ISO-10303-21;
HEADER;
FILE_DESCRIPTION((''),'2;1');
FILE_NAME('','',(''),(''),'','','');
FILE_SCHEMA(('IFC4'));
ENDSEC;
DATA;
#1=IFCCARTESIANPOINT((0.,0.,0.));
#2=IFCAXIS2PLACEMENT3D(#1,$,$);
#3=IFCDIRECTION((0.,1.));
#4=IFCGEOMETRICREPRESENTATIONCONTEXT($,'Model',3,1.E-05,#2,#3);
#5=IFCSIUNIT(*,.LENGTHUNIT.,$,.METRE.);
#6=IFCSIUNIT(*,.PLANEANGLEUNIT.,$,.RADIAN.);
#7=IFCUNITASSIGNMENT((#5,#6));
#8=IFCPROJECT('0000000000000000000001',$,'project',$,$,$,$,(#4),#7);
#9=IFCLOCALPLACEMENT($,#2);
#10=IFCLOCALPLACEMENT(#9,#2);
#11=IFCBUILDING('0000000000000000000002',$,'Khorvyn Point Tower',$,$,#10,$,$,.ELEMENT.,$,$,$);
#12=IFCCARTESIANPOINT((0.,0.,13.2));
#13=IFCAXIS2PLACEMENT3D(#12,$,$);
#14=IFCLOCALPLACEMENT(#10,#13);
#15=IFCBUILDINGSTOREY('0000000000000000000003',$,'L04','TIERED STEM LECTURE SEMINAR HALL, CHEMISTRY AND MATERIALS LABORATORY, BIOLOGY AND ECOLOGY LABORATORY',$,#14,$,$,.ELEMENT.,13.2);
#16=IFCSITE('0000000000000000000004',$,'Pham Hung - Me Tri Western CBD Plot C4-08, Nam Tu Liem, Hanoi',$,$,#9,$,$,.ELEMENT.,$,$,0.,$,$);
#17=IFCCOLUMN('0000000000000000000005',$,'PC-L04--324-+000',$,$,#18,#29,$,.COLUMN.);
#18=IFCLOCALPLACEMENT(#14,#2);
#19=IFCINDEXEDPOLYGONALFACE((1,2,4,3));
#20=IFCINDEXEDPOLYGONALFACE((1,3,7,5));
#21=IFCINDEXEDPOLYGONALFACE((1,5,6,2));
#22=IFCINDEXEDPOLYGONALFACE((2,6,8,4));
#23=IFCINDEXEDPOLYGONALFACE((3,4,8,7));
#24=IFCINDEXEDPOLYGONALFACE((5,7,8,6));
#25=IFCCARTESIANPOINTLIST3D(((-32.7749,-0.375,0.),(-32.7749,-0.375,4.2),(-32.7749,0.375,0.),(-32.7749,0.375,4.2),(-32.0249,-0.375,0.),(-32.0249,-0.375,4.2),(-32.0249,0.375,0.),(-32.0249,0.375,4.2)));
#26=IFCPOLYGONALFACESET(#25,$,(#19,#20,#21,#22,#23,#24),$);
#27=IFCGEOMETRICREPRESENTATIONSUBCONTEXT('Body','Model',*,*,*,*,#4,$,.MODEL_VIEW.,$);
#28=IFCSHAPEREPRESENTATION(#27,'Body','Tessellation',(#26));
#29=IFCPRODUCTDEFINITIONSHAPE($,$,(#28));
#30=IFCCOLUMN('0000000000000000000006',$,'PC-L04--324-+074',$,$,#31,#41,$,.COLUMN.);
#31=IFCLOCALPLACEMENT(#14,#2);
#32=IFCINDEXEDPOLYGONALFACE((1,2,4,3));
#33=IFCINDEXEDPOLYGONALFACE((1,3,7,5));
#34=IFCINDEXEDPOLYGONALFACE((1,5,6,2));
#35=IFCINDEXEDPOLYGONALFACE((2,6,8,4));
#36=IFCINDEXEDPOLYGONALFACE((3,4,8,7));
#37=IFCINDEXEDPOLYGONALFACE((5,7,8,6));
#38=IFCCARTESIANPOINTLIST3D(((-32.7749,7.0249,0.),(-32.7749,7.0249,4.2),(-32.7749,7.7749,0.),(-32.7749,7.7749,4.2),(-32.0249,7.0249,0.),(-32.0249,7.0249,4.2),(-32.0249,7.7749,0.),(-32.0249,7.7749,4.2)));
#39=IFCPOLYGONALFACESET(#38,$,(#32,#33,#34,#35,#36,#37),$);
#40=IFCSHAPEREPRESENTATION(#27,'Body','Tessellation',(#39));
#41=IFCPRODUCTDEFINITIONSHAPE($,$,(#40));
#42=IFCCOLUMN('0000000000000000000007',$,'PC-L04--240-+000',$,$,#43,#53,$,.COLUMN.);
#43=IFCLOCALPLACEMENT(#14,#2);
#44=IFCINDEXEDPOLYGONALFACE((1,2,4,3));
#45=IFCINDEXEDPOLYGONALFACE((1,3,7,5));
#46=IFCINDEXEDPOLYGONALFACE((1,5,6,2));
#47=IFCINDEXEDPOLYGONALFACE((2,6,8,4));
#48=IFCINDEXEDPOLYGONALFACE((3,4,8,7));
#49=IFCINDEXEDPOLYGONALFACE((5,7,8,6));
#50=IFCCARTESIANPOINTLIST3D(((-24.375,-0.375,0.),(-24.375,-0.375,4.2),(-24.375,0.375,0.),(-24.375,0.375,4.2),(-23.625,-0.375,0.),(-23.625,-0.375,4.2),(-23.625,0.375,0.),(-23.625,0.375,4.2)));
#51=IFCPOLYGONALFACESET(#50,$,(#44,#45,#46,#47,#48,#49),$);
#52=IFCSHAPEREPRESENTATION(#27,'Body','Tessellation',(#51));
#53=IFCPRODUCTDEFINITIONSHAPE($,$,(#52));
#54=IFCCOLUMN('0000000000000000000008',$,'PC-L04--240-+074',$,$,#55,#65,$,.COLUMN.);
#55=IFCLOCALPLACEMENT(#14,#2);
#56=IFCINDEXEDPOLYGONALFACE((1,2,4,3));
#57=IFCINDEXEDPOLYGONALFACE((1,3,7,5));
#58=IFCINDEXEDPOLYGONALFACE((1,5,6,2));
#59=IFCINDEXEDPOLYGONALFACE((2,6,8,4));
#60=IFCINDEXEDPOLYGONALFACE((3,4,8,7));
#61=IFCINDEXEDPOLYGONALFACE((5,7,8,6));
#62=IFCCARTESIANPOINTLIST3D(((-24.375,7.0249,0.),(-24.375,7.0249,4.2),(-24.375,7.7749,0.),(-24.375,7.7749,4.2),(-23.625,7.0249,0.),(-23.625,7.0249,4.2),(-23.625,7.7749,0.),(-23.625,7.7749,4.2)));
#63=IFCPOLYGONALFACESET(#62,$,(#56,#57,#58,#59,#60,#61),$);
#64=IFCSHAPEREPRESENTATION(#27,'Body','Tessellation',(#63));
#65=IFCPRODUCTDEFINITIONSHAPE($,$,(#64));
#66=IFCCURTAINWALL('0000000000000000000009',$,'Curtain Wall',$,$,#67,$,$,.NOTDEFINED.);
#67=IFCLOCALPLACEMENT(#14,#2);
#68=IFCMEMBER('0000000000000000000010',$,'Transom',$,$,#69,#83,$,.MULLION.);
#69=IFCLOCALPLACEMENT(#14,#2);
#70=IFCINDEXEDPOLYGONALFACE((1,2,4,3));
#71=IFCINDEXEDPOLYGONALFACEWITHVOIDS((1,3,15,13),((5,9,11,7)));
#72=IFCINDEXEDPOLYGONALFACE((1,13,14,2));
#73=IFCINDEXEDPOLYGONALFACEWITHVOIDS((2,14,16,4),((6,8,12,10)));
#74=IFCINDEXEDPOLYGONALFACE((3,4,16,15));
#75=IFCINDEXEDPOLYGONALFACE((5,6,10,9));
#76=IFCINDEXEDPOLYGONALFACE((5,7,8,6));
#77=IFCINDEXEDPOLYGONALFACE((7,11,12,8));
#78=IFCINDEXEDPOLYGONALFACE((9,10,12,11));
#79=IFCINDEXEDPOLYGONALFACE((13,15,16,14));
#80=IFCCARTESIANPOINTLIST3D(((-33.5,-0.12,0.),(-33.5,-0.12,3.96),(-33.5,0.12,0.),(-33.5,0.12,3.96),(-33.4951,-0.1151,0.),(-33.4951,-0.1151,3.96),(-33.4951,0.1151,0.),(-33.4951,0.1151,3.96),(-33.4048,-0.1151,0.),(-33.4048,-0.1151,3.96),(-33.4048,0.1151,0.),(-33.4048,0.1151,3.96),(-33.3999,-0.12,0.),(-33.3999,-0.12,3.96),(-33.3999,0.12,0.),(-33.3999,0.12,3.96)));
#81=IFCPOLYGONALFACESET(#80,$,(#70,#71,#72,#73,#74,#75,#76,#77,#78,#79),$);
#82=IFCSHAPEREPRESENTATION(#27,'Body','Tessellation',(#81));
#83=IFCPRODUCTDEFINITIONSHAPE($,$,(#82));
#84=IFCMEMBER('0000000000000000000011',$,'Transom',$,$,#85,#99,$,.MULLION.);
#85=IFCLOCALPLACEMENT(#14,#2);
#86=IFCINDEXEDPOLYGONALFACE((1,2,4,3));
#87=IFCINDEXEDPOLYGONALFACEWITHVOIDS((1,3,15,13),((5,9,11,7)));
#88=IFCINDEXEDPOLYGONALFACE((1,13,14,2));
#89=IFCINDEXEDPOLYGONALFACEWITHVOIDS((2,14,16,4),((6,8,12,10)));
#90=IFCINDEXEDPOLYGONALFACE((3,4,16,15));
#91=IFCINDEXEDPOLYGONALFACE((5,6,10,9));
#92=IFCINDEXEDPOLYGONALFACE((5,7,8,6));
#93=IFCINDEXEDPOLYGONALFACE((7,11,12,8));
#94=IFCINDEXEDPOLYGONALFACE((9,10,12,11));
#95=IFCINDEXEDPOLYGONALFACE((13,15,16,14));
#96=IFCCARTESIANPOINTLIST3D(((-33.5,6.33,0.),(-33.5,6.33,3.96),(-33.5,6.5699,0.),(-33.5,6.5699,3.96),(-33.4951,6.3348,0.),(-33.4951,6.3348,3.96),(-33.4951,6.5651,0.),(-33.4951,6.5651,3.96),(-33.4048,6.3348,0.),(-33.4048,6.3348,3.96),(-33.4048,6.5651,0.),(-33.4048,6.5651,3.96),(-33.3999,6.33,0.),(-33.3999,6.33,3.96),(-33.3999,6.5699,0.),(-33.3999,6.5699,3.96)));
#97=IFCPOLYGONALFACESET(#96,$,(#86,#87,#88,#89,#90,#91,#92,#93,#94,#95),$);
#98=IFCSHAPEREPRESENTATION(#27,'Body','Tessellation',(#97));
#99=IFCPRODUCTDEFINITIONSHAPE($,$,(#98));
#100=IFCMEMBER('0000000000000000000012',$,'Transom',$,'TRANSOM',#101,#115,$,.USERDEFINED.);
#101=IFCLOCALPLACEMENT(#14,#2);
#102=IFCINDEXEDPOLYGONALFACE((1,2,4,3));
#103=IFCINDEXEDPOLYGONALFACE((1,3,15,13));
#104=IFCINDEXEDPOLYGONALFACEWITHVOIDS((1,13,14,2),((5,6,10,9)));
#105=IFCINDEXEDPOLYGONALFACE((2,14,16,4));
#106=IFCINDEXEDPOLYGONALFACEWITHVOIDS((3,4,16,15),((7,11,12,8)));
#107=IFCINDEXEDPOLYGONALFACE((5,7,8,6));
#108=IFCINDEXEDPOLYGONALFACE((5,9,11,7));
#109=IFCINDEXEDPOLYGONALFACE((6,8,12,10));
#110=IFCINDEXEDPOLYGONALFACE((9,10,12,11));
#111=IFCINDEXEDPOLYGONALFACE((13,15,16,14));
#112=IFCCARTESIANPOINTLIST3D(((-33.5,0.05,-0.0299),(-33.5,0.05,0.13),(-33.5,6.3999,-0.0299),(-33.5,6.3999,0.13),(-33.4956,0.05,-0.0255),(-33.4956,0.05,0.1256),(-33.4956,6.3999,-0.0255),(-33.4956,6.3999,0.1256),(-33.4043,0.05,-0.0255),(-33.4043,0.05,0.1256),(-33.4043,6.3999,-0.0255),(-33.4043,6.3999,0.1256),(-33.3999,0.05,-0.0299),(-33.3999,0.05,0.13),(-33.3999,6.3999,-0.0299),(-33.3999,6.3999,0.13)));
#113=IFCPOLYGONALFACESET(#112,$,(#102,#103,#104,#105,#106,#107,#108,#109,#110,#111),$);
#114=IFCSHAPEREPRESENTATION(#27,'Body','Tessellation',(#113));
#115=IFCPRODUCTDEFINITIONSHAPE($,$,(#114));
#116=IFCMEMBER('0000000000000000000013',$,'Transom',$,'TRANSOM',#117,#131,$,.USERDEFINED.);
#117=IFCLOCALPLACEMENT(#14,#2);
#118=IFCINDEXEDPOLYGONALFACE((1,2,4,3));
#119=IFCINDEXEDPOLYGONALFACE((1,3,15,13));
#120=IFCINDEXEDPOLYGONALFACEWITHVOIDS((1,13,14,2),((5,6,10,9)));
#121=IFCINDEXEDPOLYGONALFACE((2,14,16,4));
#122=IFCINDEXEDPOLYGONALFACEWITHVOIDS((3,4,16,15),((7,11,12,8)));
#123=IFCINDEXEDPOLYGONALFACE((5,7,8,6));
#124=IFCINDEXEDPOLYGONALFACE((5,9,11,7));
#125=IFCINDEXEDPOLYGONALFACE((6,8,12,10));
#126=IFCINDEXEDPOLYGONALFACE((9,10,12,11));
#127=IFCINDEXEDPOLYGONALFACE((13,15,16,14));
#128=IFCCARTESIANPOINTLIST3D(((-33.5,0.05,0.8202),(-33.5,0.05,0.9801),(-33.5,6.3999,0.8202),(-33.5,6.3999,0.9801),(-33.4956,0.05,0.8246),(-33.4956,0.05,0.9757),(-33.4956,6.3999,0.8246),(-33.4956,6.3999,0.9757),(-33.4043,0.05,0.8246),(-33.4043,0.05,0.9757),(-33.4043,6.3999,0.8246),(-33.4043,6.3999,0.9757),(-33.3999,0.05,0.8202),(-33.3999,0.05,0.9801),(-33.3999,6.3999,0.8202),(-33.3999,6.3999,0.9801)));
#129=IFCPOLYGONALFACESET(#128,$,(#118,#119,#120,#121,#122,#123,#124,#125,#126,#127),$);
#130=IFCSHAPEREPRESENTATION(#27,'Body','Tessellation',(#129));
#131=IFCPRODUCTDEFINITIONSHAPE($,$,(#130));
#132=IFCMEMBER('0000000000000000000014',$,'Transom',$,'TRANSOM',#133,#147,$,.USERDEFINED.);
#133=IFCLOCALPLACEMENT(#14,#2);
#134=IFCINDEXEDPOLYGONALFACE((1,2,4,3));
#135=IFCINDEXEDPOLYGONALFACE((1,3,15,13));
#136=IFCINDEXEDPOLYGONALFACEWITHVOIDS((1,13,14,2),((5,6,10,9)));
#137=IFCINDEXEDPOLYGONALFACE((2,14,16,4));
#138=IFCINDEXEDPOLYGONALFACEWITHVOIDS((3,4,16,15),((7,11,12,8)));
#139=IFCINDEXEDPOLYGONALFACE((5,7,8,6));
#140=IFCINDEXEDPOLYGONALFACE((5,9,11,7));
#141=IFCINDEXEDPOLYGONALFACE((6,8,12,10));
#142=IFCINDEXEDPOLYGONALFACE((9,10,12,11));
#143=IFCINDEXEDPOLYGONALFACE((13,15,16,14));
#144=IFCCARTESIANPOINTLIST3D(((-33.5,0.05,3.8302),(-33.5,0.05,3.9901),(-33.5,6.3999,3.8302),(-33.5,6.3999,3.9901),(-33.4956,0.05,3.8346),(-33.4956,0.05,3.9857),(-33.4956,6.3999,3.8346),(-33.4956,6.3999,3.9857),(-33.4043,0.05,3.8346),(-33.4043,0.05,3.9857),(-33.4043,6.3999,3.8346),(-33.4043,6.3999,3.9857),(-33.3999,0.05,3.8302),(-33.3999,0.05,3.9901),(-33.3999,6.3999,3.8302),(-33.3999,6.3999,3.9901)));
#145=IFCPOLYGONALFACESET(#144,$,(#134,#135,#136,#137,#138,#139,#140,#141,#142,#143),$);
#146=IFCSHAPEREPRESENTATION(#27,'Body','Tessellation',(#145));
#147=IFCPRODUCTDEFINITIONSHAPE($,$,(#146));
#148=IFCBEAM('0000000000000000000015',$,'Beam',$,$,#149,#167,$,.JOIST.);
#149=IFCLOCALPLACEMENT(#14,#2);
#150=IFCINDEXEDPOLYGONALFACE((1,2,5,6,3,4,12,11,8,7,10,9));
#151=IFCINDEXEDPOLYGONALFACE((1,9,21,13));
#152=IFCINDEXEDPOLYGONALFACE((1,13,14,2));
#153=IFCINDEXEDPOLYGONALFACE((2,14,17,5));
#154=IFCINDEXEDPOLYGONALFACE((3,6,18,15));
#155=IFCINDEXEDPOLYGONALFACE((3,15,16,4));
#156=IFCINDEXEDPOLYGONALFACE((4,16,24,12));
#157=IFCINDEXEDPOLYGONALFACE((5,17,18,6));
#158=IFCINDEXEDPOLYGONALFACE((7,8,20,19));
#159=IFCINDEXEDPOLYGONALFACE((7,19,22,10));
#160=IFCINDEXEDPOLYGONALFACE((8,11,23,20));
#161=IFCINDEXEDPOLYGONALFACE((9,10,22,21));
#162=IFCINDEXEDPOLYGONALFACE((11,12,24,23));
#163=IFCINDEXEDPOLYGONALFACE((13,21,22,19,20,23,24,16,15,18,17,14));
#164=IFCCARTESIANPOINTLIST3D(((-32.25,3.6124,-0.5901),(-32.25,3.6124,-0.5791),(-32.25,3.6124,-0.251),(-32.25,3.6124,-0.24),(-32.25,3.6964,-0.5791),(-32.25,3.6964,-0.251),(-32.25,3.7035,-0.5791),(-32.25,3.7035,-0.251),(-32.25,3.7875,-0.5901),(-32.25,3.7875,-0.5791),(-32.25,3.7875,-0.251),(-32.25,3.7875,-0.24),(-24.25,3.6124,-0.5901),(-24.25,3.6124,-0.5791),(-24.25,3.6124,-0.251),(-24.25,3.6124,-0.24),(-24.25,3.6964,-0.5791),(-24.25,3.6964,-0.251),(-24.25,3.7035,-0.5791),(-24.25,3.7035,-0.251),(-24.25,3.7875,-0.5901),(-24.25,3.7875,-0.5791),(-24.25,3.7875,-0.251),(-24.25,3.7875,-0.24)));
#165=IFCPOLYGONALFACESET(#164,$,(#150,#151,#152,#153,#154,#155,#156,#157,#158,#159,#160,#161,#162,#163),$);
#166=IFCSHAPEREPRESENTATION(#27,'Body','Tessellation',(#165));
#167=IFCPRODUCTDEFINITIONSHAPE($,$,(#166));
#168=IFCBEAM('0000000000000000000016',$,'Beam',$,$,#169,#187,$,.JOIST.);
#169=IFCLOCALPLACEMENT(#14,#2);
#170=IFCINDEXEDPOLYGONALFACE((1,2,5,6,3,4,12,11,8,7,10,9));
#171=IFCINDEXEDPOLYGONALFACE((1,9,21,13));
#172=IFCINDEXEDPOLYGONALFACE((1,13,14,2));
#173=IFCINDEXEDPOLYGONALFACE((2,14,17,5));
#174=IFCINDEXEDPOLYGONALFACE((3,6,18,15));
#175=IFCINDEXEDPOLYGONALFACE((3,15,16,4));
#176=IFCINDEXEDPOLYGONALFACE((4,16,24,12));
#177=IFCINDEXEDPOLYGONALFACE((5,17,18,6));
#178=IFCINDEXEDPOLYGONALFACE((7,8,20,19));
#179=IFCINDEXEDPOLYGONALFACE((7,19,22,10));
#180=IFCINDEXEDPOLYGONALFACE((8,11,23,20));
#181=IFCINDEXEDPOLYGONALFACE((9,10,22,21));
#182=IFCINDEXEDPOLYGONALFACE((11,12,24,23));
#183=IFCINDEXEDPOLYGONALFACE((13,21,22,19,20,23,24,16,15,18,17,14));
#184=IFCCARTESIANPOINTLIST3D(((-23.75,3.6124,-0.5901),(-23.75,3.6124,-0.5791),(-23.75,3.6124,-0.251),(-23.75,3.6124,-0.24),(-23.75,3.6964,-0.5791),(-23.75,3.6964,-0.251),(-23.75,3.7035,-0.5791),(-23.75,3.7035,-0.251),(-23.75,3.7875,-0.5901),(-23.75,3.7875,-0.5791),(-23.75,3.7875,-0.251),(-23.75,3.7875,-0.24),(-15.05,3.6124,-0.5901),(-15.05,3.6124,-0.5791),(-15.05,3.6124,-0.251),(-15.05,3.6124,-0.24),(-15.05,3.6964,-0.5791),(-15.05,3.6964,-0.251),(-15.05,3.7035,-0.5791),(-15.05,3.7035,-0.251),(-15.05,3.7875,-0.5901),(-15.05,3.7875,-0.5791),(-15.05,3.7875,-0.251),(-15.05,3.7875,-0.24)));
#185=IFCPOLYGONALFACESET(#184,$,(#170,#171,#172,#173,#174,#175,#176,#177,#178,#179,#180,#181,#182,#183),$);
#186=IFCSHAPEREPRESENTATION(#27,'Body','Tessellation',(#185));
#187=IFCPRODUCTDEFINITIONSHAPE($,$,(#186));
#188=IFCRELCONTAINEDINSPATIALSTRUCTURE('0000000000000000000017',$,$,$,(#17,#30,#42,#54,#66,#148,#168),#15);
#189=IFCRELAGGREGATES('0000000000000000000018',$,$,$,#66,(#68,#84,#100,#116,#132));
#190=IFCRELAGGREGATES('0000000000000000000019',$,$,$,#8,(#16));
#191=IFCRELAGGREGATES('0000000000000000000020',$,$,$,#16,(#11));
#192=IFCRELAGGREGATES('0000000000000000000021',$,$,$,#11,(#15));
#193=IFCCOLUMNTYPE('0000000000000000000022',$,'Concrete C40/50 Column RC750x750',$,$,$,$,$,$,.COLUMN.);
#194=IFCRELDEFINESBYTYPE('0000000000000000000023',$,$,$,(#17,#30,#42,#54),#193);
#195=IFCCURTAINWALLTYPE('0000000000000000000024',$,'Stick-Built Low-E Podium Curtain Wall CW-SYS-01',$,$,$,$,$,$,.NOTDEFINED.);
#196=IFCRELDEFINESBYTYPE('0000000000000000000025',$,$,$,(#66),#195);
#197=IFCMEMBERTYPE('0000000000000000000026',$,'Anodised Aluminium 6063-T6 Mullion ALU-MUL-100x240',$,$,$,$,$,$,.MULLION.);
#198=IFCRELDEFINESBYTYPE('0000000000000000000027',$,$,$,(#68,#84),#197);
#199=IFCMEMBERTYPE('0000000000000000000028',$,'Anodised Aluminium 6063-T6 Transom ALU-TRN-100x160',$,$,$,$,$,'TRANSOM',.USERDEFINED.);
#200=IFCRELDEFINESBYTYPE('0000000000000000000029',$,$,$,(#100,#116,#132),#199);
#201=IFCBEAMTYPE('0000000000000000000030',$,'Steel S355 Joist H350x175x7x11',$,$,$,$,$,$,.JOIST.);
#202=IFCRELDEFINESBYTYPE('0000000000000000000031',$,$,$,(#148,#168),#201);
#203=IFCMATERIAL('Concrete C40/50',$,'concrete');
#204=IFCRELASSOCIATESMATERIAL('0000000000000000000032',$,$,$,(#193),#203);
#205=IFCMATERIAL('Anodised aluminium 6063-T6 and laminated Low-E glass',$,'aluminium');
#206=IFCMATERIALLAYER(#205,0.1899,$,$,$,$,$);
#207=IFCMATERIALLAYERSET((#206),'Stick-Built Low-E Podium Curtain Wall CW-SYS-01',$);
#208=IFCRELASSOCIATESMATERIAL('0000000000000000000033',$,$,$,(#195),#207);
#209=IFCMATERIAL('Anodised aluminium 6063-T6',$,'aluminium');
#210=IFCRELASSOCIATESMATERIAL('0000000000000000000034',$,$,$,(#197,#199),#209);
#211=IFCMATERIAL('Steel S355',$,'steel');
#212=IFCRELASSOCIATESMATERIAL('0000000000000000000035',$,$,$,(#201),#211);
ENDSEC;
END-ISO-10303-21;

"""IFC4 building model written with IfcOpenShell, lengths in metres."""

from ifc_helpers import new_model, si_unit, direction, frame, origin, origin_2d, place, context, subcontext, project, spatial, rectangle, hollow_rectangle, i_section, extrude, material, layer, layer_set, material_profile, profile_set, type_object, element, aggregate, save


model = new_model("IFC4")

# Units and contexts
model_context = context("Model", 3, precision=1e-05, world=origin(), true_north=direction((0.0, 1.0)))
body_context = subcontext(model_context, "Body", "Model", "MODEL_VIEW")
ifc_project = project(units=[si_unit("LENGTHUNIT", "METRE"), si_unit("PLANEANGLEUNIT", "RADIAN")], contexts=[model_context])

# Site, building, storey
site_placement = place(None, origin())
site = spatial("IfcSite", under=ifc_project, at=site_placement, Name="Pham Hung - Me Tri Western CBD Plot C4-08, Nam Tu Liem, Hanoi", CompositionType="ELEMENT", RefElevation=0.0)
building_placement = place(site_placement, origin())
building = spatial("IfcBuilding", under=site, at=building_placement, Name="Khorvyn Point Tower", CompositionType="ELEMENT")
storey_placement = place(building_placement, frame((0.0, 0.0, 13.2)))
storey = spatial("IfcBuildingStorey", under=building, at=storey_placement, Name="L04", Description="TIERED STEM LECTURE SEMINAR HALL, CHEMISTRY AND MATERIALS LABORATORY, BIOLOGY AND ECOLOGY LABORATORY", CompositionType="ELEMENT", Elevation=13.2)

# Columns
ifc_material_1 = material(Name="Concrete C40/50", Category="concrete")
ifc_material_profile_1 = material_profile(ifc_material_1, rectangle(XDim=0.75, YDim=0.75, at=origin_2d()))
ifc_profile_set_1 = profile_set([ifc_material_profile_1], Name="Concrete C40/50 RC750x750")
column_type = type_object("IfcColumnType", Name="Concrete C40/50 Column RC750x750", PredefinedType="COLUMN", material=ifc_profile_set_1)
for number, where, z_axis, x_axis, name in (
    (1, (-32.3999, 0.0, 0.0), (0.0, 0.0, 1.0), (1.0, 0.0, 0.0), "PC-L04--324-+000"),
    (2, (-32.3999, 7.3999, 0.0), (0.0, 0.0, 1.0), (1.0, 0.0, 0.0), "PC-L04--324-+074"),
    (3, (-24.0, 0.0, 0.0), (0.0, 0.0, 1.0), (1.0, 0.0, 0.0), "PC-L04--240-+000"),
    (4, (-24.0, 7.3999, 0.0), (0.0, 0.0, 1.0), (1.0, 0.0, 0.0), "PC-L04--240-+074"),
):
    element("IfcColumn", number, at=place(storey_placement, frame(where, z_axis=z_axis, x_axis=x_axis)), inside=storey, type_object=column_type, Name=name, PredefinedType="COLUMN", context=body_context, shape_type="SweptSolid", body=[
        extrude(rectangle(XDim=0.75, YDim=0.75, at=origin_2d()), origin(), (0.0, 0.0, 1.0), 4.2),
    ])

# Curtain wall, members
ifc_material_2 = material(Name="Anodised aluminium 6063-T6 and laminated Low-E glass", Category="aluminium")
ifc_layer_1 = layer(ifc_material_2, 0.1899)
ifc_layer_set_1 = layer_set([ifc_layer_1], Name="Stick-Built Low-E Podium Curtain Wall CW-SYS-01")
curtain_wall_type = type_object("IfcCurtainWallType", Name="Stick-Built Low-E Podium Curtain Wall CW-SYS-01", PredefinedType="NOTDEFINED", material=ifc_layer_set_1)
curtain_wall_placement = place(storey_placement, origin())
curtain_wall = element("IfcCurtainWall", 5, at=curtain_wall_placement, inside=storey, type_object=curtain_wall_type, Name="Curtain Wall", PredefinedType="NOTDEFINED")
ifc_material_3 = material(Name="Anodised aluminium 6063-T6", Category="aluminium")
ifc_material_profile_2 = material_profile(ifc_material_3, hollow_rectangle(XDim=0.1001, YDim=0.24, WallThickness=0.0049, at=origin_2d()))
ifc_profile_set_2 = profile_set([ifc_material_profile_2], Name="Anodised aluminium 6063-T6 ALU-MUL-100x240")
member_type_1 = type_object("IfcMemberType", Name="Anodised Aluminium 6063-T6 Mullion ALU-MUL-100x240", PredefinedType="MULLION", material=ifc_profile_set_2)
member_1_placement = place(storey_placement, frame((-33.45, 0.0, 0.0), z_axis=(0.0, 0.0, 1.0), x_axis=(-1.0, 0.0, 0.0)))
member_1 = element("IfcMember", 6, at=member_1_placement, type_object=member_type_1, Name="Transom", PredefinedType="MULLION", context=body_context, shape_type="SweptSolid", body=[
    extrude(hollow_rectangle(XDim=0.1001, YDim=0.24, WallThickness=0.0049, at=origin_2d()), origin(), (0.0, 0.0, 1.0), 3.96),
])
member_2_placement = place(storey_placement, frame((-33.45, 6.45, 0.0), z_axis=(0.0, 0.0, 1.0), x_axis=(-1.0, 0.0, 0.0)))
member_2 = element("IfcMember", 7, at=member_2_placement, type_object=member_type_1, Name="Transom", PredefinedType="MULLION", context=body_context, shape_type="SweptSolid", body=[
    extrude(hollow_rectangle(XDim=0.1001, YDim=0.24, WallThickness=0.0049, at=origin_2d()), origin(), (0.0, 0.0, 1.0), 3.96),
])
ifc_material_profile_3 = material_profile(ifc_material_3, hollow_rectangle(XDim=0.1001, YDim=0.1599, WallThickness=0.0044, at=origin_2d()))
ifc_profile_set_3 = profile_set([ifc_material_profile_3], Name="Anodised aluminium 6063-T6 ALU-TRN-100x160")
member_type_2 = type_object("IfcMemberType", Name="Anodised Aluminium 6063-T6 Transom ALU-TRN-100x160", ElementType="TRANSOM", PredefinedType="USERDEFINED", material=ifc_profile_set_3)
member_3_placement = place(storey_placement, frame((-33.45, 0.05, 0.05), z_axis=(0.0, 1.0, 0.0), x_axis=(-1.0, 0.0, 0.0)))
member_3 = element("IfcMember", 8, at=member_3_placement, type_object=member_type_2, Name="Transom", ObjectType="TRANSOM", PredefinedType="USERDEFINED", context=body_context, shape_type="SweptSolid", body=[
    extrude(hollow_rectangle(XDim=0.1001, YDim=0.1599, WallThickness=0.0044, at=origin_2d()), origin(), (0.0, 0.0, 1.0), 6.3499),
])
member_4_placement = place(storey_placement, frame((-33.45, 0.05, 0.9001), z_axis=(0.0, 1.0, 0.0), x_axis=(-1.0, 0.0, 0.0)))
member_4 = element("IfcMember", 9, at=member_4_placement, type_object=member_type_2, Name="Transom", ObjectType="TRANSOM", PredefinedType="USERDEFINED", context=body_context, shape_type="SweptSolid", body=[
    extrude(hollow_rectangle(XDim=0.1001, YDim=0.1599, WallThickness=0.0044, at=origin_2d()), origin(), (0.0, 0.0, 1.0), 6.3499),
])
member_5_placement = place(storey_placement, frame((-33.45, 0.05, 3.9102), z_axis=(0.0, 1.0, 0.0), x_axis=(-1.0, 0.0, 0.0)))
member_5 = element("IfcMember", 10, at=member_5_placement, type_object=member_type_2, Name="Transom", ObjectType="TRANSOM", PredefinedType="USERDEFINED", context=body_context, shape_type="SweptSolid", body=[
    extrude(hollow_rectangle(XDim=0.1001, YDim=0.1599, WallThickness=0.0044, at=origin_2d()), origin(), (0.0, 0.0, 1.0), 6.3499),
])

# Beams
ifc_material_4 = material(Name="Steel S355", Category="steel")
ifc_material_profile_4 = material_profile(ifc_material_4, i_section(OverallWidth=0.175, OverallDepth=0.3501, WebThickness=0.0071, FlangeThickness=0.011, at=origin_2d()))
ifc_profile_set_4 = profile_set([ifc_material_profile_4], Name="Steel S355 H350x175x7x11")
beam_type_1 = type_object("IfcBeamType", Name="Steel S355 Joist H350x175x7x11", PredefinedType="JOIST", material=ifc_profile_set_4)
beam_1_placement = place(storey_placement, frame((-32.25, 3.7, -0.415), z_axis=(1.0, 0.0, 0.0), x_axis=(0.0, 1.0, 0.0)))
element("IfcBeam", 11, at=beam_1_placement, inside=storey, type_object=beam_type_1, Name="Beam", PredefinedType="JOIST", context=body_context, shape_type="SweptSolid", body=[
    extrude(i_section(OverallWidth=0.175, OverallDepth=0.3501, WebThickness=0.0071, FlangeThickness=0.011, at=origin_2d()), origin(), (0.0, 0.0, 1.0), 8.0),
])
beam_2_placement = place(storey_placement, frame((-23.75, 3.7, -0.415), z_axis=(1.0, 0.0, 0.0), x_axis=(0.0, 1.0, 0.0)))
element("IfcBeam", 12, at=beam_2_placement, inside=storey, type_object=beam_type_1, Name="Beam", PredefinedType="JOIST", context=body_context, shape_type="SweptSolid", body=[
    extrude(i_section(OverallWidth=0.175, OverallDepth=0.3501, WebThickness=0.0071, FlangeThickness=0.011, at=origin_2d()), origin(), (0.0, 0.0, 1.0), 8.7),
])

aggregate(curtain_wall, [member_1, member_2, member_3, member_4, member_5])

save(model, "model.ifc")
